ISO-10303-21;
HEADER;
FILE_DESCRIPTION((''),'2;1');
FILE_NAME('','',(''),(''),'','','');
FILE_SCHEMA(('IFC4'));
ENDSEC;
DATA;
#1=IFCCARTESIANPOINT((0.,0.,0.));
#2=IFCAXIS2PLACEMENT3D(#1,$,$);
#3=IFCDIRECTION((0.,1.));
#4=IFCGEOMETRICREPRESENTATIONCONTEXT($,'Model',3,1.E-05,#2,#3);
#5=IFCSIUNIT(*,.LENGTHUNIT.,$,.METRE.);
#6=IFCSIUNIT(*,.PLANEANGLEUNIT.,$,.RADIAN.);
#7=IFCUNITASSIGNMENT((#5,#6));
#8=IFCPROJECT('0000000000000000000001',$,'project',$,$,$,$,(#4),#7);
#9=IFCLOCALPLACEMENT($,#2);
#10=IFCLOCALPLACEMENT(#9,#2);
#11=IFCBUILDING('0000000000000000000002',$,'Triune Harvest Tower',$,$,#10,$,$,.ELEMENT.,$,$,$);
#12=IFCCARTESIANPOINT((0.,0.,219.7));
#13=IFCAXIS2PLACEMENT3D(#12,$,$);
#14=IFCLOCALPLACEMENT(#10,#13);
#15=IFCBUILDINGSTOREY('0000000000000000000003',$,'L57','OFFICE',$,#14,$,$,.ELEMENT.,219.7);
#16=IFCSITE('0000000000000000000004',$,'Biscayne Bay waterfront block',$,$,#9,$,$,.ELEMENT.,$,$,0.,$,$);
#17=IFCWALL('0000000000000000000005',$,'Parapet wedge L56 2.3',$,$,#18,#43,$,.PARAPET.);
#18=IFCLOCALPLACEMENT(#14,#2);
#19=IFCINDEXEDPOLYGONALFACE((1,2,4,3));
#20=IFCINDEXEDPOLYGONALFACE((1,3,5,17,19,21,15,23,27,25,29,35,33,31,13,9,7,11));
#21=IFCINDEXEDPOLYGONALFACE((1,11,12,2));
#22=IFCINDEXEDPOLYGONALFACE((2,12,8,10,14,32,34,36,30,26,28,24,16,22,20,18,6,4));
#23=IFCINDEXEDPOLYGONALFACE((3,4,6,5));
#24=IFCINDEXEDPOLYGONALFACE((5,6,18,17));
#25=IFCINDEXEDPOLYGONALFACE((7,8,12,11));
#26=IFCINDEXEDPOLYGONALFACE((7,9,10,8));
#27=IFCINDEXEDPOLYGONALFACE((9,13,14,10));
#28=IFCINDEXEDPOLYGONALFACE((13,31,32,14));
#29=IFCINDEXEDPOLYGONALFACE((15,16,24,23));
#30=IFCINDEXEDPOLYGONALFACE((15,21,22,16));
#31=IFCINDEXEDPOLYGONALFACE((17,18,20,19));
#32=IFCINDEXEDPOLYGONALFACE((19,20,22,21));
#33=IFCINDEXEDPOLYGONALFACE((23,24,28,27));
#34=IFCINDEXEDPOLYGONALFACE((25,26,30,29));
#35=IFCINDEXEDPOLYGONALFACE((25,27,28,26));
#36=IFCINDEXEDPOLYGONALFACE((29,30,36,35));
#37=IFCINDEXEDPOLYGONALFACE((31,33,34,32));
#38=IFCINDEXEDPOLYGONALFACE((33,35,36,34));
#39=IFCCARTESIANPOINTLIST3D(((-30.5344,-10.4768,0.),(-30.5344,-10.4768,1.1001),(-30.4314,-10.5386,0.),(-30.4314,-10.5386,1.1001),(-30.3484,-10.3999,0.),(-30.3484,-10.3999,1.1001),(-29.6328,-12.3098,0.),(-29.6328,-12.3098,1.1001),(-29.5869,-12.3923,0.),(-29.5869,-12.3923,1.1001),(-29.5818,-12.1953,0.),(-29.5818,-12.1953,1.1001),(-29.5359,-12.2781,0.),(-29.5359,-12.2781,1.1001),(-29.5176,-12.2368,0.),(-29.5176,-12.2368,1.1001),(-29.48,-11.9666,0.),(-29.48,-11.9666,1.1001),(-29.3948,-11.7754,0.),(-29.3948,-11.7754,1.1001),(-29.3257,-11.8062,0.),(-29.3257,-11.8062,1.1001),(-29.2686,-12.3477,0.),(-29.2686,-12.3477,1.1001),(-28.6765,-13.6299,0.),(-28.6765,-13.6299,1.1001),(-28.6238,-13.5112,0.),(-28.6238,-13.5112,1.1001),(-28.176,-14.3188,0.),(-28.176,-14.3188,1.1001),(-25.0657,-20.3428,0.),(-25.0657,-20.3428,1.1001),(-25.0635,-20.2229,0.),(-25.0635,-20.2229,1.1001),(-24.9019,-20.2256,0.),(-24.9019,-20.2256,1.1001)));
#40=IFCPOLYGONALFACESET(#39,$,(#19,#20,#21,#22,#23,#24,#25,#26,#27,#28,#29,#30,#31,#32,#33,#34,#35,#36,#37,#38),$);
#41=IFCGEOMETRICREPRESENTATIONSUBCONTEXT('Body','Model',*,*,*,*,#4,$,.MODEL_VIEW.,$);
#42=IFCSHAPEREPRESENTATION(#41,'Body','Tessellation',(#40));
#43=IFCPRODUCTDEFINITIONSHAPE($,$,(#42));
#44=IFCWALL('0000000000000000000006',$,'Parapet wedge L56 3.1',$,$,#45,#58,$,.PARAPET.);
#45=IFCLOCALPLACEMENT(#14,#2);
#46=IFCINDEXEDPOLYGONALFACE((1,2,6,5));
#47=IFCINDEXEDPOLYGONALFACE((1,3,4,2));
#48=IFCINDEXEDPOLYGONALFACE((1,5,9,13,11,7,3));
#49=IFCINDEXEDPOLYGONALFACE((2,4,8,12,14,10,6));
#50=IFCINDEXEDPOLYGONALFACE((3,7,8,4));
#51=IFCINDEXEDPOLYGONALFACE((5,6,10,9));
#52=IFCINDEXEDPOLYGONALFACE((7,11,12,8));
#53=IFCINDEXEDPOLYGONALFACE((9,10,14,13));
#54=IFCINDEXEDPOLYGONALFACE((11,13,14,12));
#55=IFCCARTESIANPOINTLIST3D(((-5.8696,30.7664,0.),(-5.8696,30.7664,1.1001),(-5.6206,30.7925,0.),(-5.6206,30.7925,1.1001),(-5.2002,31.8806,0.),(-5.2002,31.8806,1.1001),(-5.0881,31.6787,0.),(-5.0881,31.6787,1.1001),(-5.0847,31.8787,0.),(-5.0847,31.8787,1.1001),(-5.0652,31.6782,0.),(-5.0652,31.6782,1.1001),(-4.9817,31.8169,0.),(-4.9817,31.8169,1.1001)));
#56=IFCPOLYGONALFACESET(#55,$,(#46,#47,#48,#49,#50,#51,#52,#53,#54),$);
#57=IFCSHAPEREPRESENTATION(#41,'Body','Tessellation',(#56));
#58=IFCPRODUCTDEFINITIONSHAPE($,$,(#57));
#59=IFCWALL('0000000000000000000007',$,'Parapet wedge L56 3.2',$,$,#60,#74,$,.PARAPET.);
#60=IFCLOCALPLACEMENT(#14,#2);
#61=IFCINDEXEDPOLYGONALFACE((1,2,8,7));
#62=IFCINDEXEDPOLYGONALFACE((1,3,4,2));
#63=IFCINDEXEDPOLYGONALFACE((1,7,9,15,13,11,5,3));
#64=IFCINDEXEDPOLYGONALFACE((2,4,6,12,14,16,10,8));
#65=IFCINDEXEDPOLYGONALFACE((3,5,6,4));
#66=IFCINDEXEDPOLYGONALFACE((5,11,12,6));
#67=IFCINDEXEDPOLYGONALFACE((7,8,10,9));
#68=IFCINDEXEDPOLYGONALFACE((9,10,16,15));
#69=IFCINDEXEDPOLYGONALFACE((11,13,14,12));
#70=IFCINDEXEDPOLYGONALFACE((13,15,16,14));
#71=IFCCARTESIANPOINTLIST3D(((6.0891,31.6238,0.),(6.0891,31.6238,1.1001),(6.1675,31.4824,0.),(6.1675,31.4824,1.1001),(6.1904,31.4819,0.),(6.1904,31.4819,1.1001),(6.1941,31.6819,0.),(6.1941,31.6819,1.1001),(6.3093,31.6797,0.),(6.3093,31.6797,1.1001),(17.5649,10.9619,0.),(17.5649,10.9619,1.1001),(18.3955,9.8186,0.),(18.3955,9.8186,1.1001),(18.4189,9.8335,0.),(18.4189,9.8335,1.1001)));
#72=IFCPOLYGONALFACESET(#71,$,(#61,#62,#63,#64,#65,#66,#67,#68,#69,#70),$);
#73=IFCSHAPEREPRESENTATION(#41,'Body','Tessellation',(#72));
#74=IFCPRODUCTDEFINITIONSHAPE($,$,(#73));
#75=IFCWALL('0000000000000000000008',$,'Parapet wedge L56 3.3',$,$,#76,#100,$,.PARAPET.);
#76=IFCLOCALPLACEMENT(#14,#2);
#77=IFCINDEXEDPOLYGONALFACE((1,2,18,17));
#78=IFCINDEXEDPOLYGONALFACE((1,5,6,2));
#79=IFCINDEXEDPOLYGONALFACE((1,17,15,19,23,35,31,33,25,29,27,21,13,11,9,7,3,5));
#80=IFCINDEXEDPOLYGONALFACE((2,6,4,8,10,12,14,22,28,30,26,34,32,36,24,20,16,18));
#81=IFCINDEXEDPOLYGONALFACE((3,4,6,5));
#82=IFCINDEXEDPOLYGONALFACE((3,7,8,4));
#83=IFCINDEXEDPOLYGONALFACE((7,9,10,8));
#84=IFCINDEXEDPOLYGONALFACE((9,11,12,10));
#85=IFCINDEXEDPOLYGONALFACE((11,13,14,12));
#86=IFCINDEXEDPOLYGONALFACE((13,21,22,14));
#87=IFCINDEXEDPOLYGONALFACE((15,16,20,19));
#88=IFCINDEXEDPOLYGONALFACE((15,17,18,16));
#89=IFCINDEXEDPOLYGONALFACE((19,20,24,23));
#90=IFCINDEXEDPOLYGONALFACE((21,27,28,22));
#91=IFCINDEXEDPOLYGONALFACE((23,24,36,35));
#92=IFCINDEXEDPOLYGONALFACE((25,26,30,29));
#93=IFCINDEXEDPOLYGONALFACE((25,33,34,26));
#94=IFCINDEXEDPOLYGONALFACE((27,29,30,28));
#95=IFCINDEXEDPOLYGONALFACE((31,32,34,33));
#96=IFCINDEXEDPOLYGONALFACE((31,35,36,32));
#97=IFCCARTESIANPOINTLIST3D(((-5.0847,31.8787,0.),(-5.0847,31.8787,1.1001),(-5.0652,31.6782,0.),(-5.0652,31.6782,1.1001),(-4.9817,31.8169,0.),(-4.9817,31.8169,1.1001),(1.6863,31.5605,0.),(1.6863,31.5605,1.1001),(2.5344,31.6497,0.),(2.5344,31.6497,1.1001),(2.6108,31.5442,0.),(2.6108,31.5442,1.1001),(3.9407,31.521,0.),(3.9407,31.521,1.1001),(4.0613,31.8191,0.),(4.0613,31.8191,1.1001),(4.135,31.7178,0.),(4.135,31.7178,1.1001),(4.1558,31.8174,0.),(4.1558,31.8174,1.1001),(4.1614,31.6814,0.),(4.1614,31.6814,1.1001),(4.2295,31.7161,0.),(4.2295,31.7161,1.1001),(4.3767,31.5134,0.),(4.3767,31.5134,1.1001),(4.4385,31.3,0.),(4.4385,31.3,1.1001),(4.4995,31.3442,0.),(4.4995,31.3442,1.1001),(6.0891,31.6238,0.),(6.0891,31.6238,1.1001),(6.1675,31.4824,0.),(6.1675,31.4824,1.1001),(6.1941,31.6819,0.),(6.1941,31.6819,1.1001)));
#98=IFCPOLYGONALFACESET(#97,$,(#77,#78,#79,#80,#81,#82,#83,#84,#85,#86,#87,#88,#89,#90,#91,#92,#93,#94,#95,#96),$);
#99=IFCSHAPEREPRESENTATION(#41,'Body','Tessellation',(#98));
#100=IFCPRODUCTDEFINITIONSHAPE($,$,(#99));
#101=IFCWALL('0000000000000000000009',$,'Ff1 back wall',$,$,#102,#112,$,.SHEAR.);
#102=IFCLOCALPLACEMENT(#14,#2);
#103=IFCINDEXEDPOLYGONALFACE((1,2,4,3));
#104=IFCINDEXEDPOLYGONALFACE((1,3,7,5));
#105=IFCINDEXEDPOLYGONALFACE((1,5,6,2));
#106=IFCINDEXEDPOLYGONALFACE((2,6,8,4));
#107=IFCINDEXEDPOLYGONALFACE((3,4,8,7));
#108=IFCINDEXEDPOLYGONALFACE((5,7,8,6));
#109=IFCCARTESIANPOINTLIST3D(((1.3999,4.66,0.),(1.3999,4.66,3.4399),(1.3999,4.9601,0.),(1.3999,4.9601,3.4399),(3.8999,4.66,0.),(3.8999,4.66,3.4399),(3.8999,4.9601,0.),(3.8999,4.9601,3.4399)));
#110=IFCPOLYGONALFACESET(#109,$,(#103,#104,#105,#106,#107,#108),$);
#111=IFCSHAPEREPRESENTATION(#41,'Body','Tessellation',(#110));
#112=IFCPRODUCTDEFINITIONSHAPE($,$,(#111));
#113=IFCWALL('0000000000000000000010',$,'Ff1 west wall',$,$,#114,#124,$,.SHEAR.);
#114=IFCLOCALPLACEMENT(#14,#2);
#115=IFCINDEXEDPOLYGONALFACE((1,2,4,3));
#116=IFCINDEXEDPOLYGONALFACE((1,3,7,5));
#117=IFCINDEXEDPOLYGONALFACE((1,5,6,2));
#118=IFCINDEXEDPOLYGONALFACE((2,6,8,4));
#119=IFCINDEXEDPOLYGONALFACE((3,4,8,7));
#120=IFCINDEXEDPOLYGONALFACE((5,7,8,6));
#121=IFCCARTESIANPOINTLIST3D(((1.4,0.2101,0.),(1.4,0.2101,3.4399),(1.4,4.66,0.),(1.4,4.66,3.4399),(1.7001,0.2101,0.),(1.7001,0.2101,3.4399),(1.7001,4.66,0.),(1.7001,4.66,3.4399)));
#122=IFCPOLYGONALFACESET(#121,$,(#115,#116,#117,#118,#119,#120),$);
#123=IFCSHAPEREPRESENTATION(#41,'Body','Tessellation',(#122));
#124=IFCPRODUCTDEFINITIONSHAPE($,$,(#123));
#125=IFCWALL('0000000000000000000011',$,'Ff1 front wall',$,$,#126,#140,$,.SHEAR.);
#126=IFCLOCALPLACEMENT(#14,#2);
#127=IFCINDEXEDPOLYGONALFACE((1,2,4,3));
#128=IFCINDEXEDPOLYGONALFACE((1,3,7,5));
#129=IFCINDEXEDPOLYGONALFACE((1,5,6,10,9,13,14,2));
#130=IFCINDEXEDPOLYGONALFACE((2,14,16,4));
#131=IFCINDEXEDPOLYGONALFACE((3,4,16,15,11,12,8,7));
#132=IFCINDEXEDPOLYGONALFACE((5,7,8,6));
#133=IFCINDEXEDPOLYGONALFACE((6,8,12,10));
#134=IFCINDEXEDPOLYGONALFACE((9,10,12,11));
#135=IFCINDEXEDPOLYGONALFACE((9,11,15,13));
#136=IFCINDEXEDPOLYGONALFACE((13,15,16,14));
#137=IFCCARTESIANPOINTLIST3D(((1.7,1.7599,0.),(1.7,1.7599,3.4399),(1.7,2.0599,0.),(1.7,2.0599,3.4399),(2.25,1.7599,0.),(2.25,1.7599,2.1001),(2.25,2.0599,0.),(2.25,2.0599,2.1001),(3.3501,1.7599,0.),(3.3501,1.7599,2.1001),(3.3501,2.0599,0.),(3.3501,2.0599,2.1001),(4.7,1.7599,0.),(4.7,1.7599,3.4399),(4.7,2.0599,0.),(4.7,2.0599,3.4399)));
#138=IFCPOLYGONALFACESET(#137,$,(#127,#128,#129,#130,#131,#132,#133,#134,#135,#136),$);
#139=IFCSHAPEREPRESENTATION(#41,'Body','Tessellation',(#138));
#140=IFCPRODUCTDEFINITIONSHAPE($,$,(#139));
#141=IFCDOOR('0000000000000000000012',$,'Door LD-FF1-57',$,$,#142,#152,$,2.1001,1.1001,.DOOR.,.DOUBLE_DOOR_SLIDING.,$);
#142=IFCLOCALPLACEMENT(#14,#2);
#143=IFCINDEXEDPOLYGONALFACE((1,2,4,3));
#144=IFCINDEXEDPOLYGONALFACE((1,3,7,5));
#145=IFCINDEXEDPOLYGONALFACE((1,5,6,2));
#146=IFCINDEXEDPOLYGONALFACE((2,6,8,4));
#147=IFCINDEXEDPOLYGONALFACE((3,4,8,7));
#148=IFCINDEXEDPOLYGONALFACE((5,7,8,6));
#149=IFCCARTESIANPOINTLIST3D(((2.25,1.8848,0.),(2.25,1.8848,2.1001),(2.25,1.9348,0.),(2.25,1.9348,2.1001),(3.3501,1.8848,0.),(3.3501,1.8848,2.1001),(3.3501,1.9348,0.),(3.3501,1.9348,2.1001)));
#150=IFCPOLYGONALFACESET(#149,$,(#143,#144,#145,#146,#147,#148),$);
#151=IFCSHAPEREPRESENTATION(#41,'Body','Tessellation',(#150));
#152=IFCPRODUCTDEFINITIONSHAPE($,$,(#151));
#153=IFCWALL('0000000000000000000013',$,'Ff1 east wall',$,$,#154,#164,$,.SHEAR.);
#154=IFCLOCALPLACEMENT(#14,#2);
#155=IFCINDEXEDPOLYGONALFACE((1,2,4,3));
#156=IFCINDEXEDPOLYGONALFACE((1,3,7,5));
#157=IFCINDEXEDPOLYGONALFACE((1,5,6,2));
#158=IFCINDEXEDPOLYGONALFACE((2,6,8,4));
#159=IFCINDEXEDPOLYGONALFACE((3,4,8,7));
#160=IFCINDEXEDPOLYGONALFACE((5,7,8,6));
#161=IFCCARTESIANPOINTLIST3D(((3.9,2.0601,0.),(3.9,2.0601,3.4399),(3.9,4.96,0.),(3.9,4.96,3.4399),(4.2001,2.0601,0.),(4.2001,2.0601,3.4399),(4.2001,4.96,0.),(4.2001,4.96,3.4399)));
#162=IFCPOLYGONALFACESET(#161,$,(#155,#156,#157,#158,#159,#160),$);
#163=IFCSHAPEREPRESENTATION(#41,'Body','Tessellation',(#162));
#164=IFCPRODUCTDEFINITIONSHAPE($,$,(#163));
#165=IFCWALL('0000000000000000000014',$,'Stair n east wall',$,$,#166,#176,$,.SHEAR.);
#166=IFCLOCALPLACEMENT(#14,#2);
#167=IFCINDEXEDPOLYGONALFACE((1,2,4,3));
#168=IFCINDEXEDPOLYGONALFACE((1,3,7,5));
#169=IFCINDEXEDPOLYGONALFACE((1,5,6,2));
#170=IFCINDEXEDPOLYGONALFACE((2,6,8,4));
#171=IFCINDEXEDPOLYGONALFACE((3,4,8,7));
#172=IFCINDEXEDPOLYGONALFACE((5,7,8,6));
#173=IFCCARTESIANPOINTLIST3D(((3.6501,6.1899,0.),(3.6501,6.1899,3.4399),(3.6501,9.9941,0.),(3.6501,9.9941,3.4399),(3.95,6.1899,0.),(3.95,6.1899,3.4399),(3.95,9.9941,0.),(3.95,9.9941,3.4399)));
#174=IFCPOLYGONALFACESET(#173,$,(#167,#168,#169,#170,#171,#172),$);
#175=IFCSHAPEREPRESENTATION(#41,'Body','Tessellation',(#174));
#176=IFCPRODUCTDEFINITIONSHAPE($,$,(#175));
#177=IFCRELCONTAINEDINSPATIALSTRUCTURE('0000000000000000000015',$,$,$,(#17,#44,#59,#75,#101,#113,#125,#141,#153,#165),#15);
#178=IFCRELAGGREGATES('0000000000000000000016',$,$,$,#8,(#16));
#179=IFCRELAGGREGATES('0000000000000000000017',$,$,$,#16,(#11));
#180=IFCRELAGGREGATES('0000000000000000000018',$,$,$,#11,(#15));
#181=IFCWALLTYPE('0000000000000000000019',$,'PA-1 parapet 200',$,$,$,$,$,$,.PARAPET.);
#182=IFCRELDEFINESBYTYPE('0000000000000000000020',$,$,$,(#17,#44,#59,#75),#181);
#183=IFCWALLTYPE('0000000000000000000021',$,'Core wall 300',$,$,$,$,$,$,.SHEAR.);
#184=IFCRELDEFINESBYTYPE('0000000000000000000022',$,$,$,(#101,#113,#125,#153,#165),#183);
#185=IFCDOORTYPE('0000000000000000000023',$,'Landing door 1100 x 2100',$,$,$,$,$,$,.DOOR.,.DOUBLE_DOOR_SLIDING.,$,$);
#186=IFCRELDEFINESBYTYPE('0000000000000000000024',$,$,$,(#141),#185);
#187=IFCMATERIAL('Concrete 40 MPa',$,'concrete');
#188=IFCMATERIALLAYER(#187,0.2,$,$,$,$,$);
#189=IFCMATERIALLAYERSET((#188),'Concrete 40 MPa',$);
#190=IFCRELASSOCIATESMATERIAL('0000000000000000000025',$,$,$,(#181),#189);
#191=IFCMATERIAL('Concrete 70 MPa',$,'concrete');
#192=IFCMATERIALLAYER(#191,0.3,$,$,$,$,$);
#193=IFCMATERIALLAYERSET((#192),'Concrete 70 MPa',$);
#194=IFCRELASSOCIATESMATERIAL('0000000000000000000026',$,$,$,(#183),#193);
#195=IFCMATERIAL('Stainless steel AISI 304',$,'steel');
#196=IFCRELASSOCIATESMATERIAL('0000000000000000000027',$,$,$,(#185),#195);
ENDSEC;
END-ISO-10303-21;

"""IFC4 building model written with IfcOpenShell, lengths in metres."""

from ifc_helpers import new_model, si_unit, direction, frame, frame_2d, origin, place, context, subcontext, project, spatial, polyline, rectangle, outline, extrude, source, transform, mapped, material, layer, layer_set, type_object, element, fill, save


model = new_model("IFC4")

# Units and contexts
model_context = context("Model", 3, precision=1e-05, world=origin(), true_north=direction((0.0, 1.0)))
body_context = subcontext(model_context, "Body", "Model", "MODEL_VIEW")
ifc_project = project(units=[si_unit("LENGTHUNIT", "METRE"), si_unit("PLANEANGLEUNIT", "RADIAN")], contexts=[model_context])

# Site, building, storey
site_placement = place(None, origin())
site = spatial("IfcSite", under=ifc_project, at=site_placement, Name="Biscayne Bay waterfront block", CompositionType="ELEMENT", RefElevation=0.0)
building_placement = place(site_placement, origin())
building = spatial("IfcBuilding", under=site, at=building_placement, Name="Triune Harvest Tower", CompositionType="ELEMENT")
storey_placement = place(building_placement, frame((0.0, 0.0, 219.7)))
storey = spatial("IfcBuildingStorey", under=building, at=storey_placement, Name="L57", Description="OFFICE", CompositionType="ELEMENT", Elevation=219.7)

# Walls
ifc_material_1 = material(Name="Concrete 40 MPa", Category="concrete")
ifc_layer_1 = layer(ifc_material_1, 0.2)
ifc_layer_set_1 = layer_set([ifc_layer_1], Name="Concrete 40 MPa")
wall_type_1 = type_object("IfcWallType", Name="PA-1 parapet 200", PredefinedType="PARAPET", material=ifc_layer_set_1)
wall_1_placement = place(storey_placement, origin())
element("IfcWall", 1, at=wall_1_placement, inside=storey, type_object=wall_type_1, Name="Parapet wedge L56 2.3", PredefinedType="PARAPET", context=body_context, shape_type="SweptSolid", body=[
    extrude(outline(polyline([(-29.5176, -12.2368), (-29.2686, -12.3477), (-28.6238, -13.5112), (-28.6765, -13.6299), (-28.176, -14.3188), (-24.9019, -20.2256), (-25.0635, -20.2229), (-25.0657, -20.3428), (-29.5359, -12.2781), (-29.5869, -12.3923), (-29.6328, -12.3098), (-29.5818, -12.1953), (-30.5344, -10.4768), (-30.4314, -10.5386), (-30.3484, -10.3999), (-29.48, -11.9666), (-29.3948, -11.7754), (-29.3257, -11.8062), (-29.5176, -12.2368)])), origin(), (0.0, 0.0, 1.0), 1.1001),
])
wall_2_placement = place(storey_placement, origin())
element("IfcWall", 2, at=wall_2_placement, inside=storey, type_object=wall_type_1, Name="Parapet wedge L56 3.1", PredefinedType="PARAPET", context=body_context, shape_type="SweptSolid", body=[
    extrude(outline(polyline([(-5.0652, 31.6782), (-5.0881, 31.6787), (-5.6206, 30.7925), (-5.8696, 30.7664), (-5.2002, 31.8806), (-5.0847, 31.8787), (-4.9817, 31.8169), (-5.0652, 31.6782)])), origin(), (0.0, 0.0, 1.0), 1.1001),
])
wall_3_placement = place(storey_placement, origin())
element("IfcWall", 3, at=wall_3_placement, inside=storey, type_object=wall_type_1, Name="Parapet wedge L56 3.2", PredefinedType="PARAPET", context=body_context, shape_type="SweptSolid", body=[
    extrude(outline(polyline([(18.4189, 9.8335), (18.3955, 9.8186), (17.5649, 10.9619), (6.1904, 31.4819), (6.1675, 31.4824), (6.0891, 31.6238), (6.1941, 31.6819), (6.3093, 31.6797), (18.4189, 9.8335)])), origin(), (0.0, 0.0, 1.0), 1.1001),
])
wall_4_placement = place(storey_placement, origin())
element("IfcWall", 4, at=wall_4_placement, inside=storey, type_object=wall_type_1, Name="Parapet wedge L56 3.3", PredefinedType="PARAPET", context=body_context, shape_type="SweptSolid", body=[
    extrude(outline(polyline([(-5.0847, 31.8787), (4.135, 31.7178), (4.0613, 31.8191), (4.1558, 31.8174), (4.2295, 31.7161), (6.1941, 31.6819), (6.0891, 31.6238), (6.1675, 31.4824), (4.3767, 31.5134), (4.4995, 31.3442), (4.4385, 31.3), (4.1614, 31.6814), (3.9407, 31.521), (2.6108, 31.5442), (2.5344, 31.6497), (1.6863, 31.5605), (-5.0652, 31.6782), (-4.9817, 31.8169), (-5.0847, 31.8787)])), origin(), (0.0, 0.0, 1.0), 1.1001),
])
ifc_material_2 = material(Name="Concrete 70 MPa", Category="concrete")
ifc_layer_2 = layer(ifc_material_2, 0.3)
ifc_layer_set_2 = layer_set([ifc_layer_2], Name="Concrete 70 MPa")
wall_type_2 = type_object("IfcWallType", Name="Core wall 300", PredefinedType="SHEAR", material=ifc_layer_set_2)
shared_shape_1 = source(origin(), body_context, "Body", "SweptSolid", [
    extrude(rectangle(XDim=2.5, YDim=0.3, at=frame_2d((1.25, 0.0))), origin(), (0.0, 0.0, 1.0), 3.4399),
])
wall_5_placement = place(storey_placement, frame((1.3999, 4.8101, 0.0), z_axis=(0.0, 0.0, 1.0), x_axis=(1.0, 0.0, 0.0)))
element("IfcWall", 5, at=wall_5_placement, inside=storey, type_object=wall_type_2, Name="Ff1 back wall", PredefinedType="SHEAR", context=body_context, shape_type="MappedRepresentation", body=[
    mapped(shared_shape_1, transform((0.0, 0.0, 0.0), scale=1.0)),
])
shared_shape_2 = source(origin(), body_context, "Body", "SweptSolid", [
    extrude(rectangle(XDim=4.45, YDim=0.3, at=frame_2d((2.2251, 0.0))), origin(), (0.0, 0.0, 1.0), 3.4399),
])
wall_6_placement = place(storey_placement, frame((1.55, 0.21, 0.0), z_axis=(0.0, 0.0, 1.0), x_axis=(0.0, 1.0, 0.0)))
element("IfcWall", 6, at=wall_6_placement, inside=storey, type_object=wall_type_2, Name="Ff1 west wall", PredefinedType="SHEAR", context=body_context, shape_type="MappedRepresentation", body=[
    mapped(shared_shape_2, transform((0.0, 0.0, 0.0), scale=1.0)),
])

# Wall, opening, door
shared_shape_3 = source(origin(), body_context, "Body", "SweptSolid", [
    extrude(rectangle(XDim=3.0, YDim=0.3, at=frame_2d((1.5, 0.0))), origin(), (0.0, 0.0, 1.0), 3.4399),
])
wall_7_placement = place(storey_placement, frame((1.7, 1.9099, 0.0), z_axis=(0.0, 0.0, 1.0), x_axis=(1.0, 0.0, 0.0)))
wall_7 = element("IfcWall", 7, at=wall_7_placement, inside=storey, type_object=wall_type_2, Name="Ff1 front wall", PredefinedType="SHEAR", context=body_context, shape_type="MappedRepresentation", body=[
    mapped(shared_shape_3, transform((0.0, 0.0, 0.0), scale=1.0)),
])
opening_1_placement = place(wall_7_placement, frame((0.55, 0.0, 0.0)))
opening_1 = element("IfcOpeningElement", 8, at=opening_1_placement, cuts=wall_7, PredefinedType="OPENING", context=body_context, shape_type="SweptSolid", body=[
    extrude(rectangle(XDim=1.1001, YDim=2.1001, at=frame_2d((0.55, 1.05))), frame((0.0, 0.1602, 0.0), z_axis=(0.0, -1.0, 0.0), x_axis=(1.0, 0.0, 0.0)), (0.0, 0.0, 1.0), 0.3201),
])
ifc_material_3 = material(Name="Stainless steel AISI 304", Category="steel")
door_type_1 = type_object("IfcDoorType", Name="Landing door 1100 x 2100", OperationType="DOUBLE_DOOR_SLIDING", PredefinedType="DOOR", material=ifc_material_3)
door_1_placement = place(opening_1_placement, origin())
door_1 = element("IfcDoor", 9, at=door_1_placement, inside=storey, type_object=door_type_1, Name="Door LD-FF1-57", OperationType="DOUBLE_DOOR_SLIDING", OverallHeight=2.1001, OverallWidth=1.1001, PredefinedType="DOOR", context=body_context, shape_type="SweptSolid", body=[
    extrude(rectangle(XDim=1.1001, YDim=2.1001, at=frame_2d((0.55, 1.05))), frame((0.0, 0.0249, 0.0), z_axis=(0.0, -1.0, 0.0), x_axis=(1.0, 0.0, 0.0)), (0.0, 0.0, 1.0), 0.05),
])
fill(opening_1, door_1)

# Walls
shared_shape_4 = source(origin(), body_context, "Body", "SweptSolid", [
    extrude(rectangle(XDim=2.8999, YDim=0.3, at=frame_2d((1.45, 0.0))), origin(), (0.0, 0.0, 1.0), 3.4399),
])
wall_8_placement = place(storey_placement, frame((4.05, 2.0601, 0.0), z_axis=(0.0, 0.0, 1.0), x_axis=(0.0, 1.0, 0.0)))
element("IfcWall", 10, at=wall_8_placement, inside=storey, type_object=wall_type_2, Name="Ff1 east wall", PredefinedType="SHEAR", context=body_context, shape_type="MappedRepresentation", body=[
    mapped(shared_shape_4, transform((0.0, 0.0, 0.0), scale=1.0)),
])
shared_shape_5 = source(origin(), body_context, "Body", "SweptSolid", [
    extrude(outline(polyline([(0.0, -0.1499), (0.0, 0.1499), (3.8042, 0.1499), (3.8042, -0.1499), (0.0, -0.1499)])), origin(), (0.0, 0.0, 1.0), 3.4399),
])
wall_9_placement = place(storey_placement, frame((3.8, 6.1899, 0.0), z_axis=(0.0, 0.0, 1.0), x_axis=(0.0, 1.0, 0.0)))
element("IfcWall", 11, at=wall_9_placement, inside=storey, type_object=wall_type_2, Name="Stair n east wall", PredefinedType="SHEAR", context=body_context, shape_type="MappedRepresentation", body=[
    mapped(shared_shape_5, transform((0.0, 0.0, 0.0), scale=1.0)),
])

save(model, "model.ifc")
